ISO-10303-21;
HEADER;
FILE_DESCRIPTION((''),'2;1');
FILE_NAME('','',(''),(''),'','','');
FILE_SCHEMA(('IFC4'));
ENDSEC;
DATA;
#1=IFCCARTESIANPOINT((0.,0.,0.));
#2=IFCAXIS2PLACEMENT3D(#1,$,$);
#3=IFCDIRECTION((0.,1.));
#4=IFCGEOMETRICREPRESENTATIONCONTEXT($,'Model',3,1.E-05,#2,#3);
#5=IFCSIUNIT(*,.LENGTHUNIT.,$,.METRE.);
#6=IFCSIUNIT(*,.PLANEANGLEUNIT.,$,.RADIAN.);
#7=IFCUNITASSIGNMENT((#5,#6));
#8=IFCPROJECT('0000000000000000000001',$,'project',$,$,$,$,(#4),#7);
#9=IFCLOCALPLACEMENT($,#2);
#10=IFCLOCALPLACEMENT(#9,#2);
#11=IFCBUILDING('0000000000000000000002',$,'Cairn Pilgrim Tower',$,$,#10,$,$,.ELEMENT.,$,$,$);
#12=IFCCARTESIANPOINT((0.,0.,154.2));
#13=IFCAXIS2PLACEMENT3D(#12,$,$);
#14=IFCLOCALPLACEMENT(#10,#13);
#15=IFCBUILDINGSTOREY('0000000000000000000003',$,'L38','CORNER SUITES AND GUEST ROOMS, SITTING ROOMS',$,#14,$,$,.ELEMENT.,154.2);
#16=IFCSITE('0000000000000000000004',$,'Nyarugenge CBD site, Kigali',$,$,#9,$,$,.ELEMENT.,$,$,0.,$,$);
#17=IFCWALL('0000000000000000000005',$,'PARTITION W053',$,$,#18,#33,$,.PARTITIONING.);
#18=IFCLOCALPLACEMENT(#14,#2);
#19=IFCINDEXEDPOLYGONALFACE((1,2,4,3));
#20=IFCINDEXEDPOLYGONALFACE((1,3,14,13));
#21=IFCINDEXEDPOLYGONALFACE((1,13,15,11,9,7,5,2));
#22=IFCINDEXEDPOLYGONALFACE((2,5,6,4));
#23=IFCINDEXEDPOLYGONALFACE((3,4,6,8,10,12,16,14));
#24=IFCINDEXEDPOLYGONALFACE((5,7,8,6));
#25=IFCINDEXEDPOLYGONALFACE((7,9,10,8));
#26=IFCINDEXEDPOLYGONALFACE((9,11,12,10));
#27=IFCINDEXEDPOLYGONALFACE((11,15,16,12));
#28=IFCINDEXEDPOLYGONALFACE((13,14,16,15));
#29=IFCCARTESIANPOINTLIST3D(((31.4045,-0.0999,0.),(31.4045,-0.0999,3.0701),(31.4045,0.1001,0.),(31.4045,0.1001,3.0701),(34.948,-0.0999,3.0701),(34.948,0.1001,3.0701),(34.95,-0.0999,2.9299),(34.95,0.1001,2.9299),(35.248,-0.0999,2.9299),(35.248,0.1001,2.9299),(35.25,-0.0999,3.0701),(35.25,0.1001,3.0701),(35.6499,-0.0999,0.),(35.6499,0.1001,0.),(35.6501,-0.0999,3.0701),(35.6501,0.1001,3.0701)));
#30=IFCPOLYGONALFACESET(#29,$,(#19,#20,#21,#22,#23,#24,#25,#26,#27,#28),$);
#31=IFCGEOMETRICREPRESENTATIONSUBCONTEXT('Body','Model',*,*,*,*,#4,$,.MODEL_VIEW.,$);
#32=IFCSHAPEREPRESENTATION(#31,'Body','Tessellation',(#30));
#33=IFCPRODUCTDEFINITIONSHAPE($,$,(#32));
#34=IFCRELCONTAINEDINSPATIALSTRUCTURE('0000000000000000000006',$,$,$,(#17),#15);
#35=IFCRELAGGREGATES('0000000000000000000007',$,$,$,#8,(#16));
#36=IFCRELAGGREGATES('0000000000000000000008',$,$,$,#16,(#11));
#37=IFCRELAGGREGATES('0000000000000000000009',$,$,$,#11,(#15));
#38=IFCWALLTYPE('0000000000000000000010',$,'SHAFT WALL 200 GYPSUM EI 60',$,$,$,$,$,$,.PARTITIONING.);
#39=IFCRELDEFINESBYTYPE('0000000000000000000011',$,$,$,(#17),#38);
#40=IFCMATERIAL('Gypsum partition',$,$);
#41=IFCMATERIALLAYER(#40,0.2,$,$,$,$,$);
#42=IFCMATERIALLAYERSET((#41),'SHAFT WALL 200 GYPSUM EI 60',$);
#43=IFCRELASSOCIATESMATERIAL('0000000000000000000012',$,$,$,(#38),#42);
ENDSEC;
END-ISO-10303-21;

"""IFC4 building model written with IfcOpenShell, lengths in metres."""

from ifc_helpers import new_model, si_unit, direction, frame, origin, place, context, subcontext, project, spatial, polyline, outline, extrude, material, layer, layer_set, type_object, element, save


model = new_model("IFC4")

# Units and contexts
model_context = context("Model", 3, precision=1e-05, world=origin(), true_north=direction((0.0, 1.0)))
body_context = subcontext(model_context, "Body", "Model", "MODEL_VIEW")
ifc_project = project(units=[si_unit("LENGTHUNIT", "METRE"), si_unit("PLANEANGLEUNIT", "RADIAN")], contexts=[model_context])

# Site, building, storey
site_placement = place(None, origin())
site = spatial("IfcSite", under=ifc_project, at=site_placement, Name="Nyarugenge CBD site, Kigali", CompositionType="ELEMENT", RefElevation=0.0)
building_placement = place(site_placement, origin())
building = spatial("IfcBuilding", under=site, at=building_placement, Name="Cairn Pilgrim Tower", CompositionType="ELEMENT")
storey_placement = place(building_placement, frame((0.0, 0.0, 154.2)))
storey = spatial("IfcBuildingStorey", under=building, at=storey_placement, Name="L38", Description="CORNER SUITES AND GUEST ROOMS, SITTING ROOMS", CompositionType="ELEMENT", Elevation=154.2)

# Wall
ifc_material_1 = material(Name="Gypsum partition")
ifc_layer_1 = layer(ifc_material_1, 0.2)
ifc_layer_set_1 = layer_set([ifc_layer_1], Name="SHAFT WALL 200 GYPSUM EI 60")
wall_type_1 = type_object("IfcWallType", Name="SHAFT WALL 200 GYPSUM EI 60", PredefinedType="PARTITIONING", material=ifc_layer_set_1)
wall_1_placement = place(storey_placement, frame((31.4045, 0.0, 0.0), z_axis=(0.0, 0.0, 1.0), x_axis=(1.0, 0.0, 0.0)))
element("IfcWall", 1, at=wall_1_placement, inside=storey, type_object=wall_type_1, Name="PARTITION W053", PredefinedType="PARTITIONING", context=body_context, shape_type="SweptSolid", body=[
    extrude(outline(polyline([(0.0, 0.0), (4.2454, 0.0), (4.2456, 3.0701), (3.8455, 3.0701), (3.8435, 2.9299), (3.5454, 2.9299), (3.5435, 3.0701), (0.0, 3.0701), (0.0, 0.0)])), frame((0.0, 0.1001, 0.0), z_axis=(0.0, -1.0, 0.0), x_axis=(1.0, 0.0, 0.0)), (0.0, 0.0, 1.0), 0.2),
])

save(model, "model.ifc")
